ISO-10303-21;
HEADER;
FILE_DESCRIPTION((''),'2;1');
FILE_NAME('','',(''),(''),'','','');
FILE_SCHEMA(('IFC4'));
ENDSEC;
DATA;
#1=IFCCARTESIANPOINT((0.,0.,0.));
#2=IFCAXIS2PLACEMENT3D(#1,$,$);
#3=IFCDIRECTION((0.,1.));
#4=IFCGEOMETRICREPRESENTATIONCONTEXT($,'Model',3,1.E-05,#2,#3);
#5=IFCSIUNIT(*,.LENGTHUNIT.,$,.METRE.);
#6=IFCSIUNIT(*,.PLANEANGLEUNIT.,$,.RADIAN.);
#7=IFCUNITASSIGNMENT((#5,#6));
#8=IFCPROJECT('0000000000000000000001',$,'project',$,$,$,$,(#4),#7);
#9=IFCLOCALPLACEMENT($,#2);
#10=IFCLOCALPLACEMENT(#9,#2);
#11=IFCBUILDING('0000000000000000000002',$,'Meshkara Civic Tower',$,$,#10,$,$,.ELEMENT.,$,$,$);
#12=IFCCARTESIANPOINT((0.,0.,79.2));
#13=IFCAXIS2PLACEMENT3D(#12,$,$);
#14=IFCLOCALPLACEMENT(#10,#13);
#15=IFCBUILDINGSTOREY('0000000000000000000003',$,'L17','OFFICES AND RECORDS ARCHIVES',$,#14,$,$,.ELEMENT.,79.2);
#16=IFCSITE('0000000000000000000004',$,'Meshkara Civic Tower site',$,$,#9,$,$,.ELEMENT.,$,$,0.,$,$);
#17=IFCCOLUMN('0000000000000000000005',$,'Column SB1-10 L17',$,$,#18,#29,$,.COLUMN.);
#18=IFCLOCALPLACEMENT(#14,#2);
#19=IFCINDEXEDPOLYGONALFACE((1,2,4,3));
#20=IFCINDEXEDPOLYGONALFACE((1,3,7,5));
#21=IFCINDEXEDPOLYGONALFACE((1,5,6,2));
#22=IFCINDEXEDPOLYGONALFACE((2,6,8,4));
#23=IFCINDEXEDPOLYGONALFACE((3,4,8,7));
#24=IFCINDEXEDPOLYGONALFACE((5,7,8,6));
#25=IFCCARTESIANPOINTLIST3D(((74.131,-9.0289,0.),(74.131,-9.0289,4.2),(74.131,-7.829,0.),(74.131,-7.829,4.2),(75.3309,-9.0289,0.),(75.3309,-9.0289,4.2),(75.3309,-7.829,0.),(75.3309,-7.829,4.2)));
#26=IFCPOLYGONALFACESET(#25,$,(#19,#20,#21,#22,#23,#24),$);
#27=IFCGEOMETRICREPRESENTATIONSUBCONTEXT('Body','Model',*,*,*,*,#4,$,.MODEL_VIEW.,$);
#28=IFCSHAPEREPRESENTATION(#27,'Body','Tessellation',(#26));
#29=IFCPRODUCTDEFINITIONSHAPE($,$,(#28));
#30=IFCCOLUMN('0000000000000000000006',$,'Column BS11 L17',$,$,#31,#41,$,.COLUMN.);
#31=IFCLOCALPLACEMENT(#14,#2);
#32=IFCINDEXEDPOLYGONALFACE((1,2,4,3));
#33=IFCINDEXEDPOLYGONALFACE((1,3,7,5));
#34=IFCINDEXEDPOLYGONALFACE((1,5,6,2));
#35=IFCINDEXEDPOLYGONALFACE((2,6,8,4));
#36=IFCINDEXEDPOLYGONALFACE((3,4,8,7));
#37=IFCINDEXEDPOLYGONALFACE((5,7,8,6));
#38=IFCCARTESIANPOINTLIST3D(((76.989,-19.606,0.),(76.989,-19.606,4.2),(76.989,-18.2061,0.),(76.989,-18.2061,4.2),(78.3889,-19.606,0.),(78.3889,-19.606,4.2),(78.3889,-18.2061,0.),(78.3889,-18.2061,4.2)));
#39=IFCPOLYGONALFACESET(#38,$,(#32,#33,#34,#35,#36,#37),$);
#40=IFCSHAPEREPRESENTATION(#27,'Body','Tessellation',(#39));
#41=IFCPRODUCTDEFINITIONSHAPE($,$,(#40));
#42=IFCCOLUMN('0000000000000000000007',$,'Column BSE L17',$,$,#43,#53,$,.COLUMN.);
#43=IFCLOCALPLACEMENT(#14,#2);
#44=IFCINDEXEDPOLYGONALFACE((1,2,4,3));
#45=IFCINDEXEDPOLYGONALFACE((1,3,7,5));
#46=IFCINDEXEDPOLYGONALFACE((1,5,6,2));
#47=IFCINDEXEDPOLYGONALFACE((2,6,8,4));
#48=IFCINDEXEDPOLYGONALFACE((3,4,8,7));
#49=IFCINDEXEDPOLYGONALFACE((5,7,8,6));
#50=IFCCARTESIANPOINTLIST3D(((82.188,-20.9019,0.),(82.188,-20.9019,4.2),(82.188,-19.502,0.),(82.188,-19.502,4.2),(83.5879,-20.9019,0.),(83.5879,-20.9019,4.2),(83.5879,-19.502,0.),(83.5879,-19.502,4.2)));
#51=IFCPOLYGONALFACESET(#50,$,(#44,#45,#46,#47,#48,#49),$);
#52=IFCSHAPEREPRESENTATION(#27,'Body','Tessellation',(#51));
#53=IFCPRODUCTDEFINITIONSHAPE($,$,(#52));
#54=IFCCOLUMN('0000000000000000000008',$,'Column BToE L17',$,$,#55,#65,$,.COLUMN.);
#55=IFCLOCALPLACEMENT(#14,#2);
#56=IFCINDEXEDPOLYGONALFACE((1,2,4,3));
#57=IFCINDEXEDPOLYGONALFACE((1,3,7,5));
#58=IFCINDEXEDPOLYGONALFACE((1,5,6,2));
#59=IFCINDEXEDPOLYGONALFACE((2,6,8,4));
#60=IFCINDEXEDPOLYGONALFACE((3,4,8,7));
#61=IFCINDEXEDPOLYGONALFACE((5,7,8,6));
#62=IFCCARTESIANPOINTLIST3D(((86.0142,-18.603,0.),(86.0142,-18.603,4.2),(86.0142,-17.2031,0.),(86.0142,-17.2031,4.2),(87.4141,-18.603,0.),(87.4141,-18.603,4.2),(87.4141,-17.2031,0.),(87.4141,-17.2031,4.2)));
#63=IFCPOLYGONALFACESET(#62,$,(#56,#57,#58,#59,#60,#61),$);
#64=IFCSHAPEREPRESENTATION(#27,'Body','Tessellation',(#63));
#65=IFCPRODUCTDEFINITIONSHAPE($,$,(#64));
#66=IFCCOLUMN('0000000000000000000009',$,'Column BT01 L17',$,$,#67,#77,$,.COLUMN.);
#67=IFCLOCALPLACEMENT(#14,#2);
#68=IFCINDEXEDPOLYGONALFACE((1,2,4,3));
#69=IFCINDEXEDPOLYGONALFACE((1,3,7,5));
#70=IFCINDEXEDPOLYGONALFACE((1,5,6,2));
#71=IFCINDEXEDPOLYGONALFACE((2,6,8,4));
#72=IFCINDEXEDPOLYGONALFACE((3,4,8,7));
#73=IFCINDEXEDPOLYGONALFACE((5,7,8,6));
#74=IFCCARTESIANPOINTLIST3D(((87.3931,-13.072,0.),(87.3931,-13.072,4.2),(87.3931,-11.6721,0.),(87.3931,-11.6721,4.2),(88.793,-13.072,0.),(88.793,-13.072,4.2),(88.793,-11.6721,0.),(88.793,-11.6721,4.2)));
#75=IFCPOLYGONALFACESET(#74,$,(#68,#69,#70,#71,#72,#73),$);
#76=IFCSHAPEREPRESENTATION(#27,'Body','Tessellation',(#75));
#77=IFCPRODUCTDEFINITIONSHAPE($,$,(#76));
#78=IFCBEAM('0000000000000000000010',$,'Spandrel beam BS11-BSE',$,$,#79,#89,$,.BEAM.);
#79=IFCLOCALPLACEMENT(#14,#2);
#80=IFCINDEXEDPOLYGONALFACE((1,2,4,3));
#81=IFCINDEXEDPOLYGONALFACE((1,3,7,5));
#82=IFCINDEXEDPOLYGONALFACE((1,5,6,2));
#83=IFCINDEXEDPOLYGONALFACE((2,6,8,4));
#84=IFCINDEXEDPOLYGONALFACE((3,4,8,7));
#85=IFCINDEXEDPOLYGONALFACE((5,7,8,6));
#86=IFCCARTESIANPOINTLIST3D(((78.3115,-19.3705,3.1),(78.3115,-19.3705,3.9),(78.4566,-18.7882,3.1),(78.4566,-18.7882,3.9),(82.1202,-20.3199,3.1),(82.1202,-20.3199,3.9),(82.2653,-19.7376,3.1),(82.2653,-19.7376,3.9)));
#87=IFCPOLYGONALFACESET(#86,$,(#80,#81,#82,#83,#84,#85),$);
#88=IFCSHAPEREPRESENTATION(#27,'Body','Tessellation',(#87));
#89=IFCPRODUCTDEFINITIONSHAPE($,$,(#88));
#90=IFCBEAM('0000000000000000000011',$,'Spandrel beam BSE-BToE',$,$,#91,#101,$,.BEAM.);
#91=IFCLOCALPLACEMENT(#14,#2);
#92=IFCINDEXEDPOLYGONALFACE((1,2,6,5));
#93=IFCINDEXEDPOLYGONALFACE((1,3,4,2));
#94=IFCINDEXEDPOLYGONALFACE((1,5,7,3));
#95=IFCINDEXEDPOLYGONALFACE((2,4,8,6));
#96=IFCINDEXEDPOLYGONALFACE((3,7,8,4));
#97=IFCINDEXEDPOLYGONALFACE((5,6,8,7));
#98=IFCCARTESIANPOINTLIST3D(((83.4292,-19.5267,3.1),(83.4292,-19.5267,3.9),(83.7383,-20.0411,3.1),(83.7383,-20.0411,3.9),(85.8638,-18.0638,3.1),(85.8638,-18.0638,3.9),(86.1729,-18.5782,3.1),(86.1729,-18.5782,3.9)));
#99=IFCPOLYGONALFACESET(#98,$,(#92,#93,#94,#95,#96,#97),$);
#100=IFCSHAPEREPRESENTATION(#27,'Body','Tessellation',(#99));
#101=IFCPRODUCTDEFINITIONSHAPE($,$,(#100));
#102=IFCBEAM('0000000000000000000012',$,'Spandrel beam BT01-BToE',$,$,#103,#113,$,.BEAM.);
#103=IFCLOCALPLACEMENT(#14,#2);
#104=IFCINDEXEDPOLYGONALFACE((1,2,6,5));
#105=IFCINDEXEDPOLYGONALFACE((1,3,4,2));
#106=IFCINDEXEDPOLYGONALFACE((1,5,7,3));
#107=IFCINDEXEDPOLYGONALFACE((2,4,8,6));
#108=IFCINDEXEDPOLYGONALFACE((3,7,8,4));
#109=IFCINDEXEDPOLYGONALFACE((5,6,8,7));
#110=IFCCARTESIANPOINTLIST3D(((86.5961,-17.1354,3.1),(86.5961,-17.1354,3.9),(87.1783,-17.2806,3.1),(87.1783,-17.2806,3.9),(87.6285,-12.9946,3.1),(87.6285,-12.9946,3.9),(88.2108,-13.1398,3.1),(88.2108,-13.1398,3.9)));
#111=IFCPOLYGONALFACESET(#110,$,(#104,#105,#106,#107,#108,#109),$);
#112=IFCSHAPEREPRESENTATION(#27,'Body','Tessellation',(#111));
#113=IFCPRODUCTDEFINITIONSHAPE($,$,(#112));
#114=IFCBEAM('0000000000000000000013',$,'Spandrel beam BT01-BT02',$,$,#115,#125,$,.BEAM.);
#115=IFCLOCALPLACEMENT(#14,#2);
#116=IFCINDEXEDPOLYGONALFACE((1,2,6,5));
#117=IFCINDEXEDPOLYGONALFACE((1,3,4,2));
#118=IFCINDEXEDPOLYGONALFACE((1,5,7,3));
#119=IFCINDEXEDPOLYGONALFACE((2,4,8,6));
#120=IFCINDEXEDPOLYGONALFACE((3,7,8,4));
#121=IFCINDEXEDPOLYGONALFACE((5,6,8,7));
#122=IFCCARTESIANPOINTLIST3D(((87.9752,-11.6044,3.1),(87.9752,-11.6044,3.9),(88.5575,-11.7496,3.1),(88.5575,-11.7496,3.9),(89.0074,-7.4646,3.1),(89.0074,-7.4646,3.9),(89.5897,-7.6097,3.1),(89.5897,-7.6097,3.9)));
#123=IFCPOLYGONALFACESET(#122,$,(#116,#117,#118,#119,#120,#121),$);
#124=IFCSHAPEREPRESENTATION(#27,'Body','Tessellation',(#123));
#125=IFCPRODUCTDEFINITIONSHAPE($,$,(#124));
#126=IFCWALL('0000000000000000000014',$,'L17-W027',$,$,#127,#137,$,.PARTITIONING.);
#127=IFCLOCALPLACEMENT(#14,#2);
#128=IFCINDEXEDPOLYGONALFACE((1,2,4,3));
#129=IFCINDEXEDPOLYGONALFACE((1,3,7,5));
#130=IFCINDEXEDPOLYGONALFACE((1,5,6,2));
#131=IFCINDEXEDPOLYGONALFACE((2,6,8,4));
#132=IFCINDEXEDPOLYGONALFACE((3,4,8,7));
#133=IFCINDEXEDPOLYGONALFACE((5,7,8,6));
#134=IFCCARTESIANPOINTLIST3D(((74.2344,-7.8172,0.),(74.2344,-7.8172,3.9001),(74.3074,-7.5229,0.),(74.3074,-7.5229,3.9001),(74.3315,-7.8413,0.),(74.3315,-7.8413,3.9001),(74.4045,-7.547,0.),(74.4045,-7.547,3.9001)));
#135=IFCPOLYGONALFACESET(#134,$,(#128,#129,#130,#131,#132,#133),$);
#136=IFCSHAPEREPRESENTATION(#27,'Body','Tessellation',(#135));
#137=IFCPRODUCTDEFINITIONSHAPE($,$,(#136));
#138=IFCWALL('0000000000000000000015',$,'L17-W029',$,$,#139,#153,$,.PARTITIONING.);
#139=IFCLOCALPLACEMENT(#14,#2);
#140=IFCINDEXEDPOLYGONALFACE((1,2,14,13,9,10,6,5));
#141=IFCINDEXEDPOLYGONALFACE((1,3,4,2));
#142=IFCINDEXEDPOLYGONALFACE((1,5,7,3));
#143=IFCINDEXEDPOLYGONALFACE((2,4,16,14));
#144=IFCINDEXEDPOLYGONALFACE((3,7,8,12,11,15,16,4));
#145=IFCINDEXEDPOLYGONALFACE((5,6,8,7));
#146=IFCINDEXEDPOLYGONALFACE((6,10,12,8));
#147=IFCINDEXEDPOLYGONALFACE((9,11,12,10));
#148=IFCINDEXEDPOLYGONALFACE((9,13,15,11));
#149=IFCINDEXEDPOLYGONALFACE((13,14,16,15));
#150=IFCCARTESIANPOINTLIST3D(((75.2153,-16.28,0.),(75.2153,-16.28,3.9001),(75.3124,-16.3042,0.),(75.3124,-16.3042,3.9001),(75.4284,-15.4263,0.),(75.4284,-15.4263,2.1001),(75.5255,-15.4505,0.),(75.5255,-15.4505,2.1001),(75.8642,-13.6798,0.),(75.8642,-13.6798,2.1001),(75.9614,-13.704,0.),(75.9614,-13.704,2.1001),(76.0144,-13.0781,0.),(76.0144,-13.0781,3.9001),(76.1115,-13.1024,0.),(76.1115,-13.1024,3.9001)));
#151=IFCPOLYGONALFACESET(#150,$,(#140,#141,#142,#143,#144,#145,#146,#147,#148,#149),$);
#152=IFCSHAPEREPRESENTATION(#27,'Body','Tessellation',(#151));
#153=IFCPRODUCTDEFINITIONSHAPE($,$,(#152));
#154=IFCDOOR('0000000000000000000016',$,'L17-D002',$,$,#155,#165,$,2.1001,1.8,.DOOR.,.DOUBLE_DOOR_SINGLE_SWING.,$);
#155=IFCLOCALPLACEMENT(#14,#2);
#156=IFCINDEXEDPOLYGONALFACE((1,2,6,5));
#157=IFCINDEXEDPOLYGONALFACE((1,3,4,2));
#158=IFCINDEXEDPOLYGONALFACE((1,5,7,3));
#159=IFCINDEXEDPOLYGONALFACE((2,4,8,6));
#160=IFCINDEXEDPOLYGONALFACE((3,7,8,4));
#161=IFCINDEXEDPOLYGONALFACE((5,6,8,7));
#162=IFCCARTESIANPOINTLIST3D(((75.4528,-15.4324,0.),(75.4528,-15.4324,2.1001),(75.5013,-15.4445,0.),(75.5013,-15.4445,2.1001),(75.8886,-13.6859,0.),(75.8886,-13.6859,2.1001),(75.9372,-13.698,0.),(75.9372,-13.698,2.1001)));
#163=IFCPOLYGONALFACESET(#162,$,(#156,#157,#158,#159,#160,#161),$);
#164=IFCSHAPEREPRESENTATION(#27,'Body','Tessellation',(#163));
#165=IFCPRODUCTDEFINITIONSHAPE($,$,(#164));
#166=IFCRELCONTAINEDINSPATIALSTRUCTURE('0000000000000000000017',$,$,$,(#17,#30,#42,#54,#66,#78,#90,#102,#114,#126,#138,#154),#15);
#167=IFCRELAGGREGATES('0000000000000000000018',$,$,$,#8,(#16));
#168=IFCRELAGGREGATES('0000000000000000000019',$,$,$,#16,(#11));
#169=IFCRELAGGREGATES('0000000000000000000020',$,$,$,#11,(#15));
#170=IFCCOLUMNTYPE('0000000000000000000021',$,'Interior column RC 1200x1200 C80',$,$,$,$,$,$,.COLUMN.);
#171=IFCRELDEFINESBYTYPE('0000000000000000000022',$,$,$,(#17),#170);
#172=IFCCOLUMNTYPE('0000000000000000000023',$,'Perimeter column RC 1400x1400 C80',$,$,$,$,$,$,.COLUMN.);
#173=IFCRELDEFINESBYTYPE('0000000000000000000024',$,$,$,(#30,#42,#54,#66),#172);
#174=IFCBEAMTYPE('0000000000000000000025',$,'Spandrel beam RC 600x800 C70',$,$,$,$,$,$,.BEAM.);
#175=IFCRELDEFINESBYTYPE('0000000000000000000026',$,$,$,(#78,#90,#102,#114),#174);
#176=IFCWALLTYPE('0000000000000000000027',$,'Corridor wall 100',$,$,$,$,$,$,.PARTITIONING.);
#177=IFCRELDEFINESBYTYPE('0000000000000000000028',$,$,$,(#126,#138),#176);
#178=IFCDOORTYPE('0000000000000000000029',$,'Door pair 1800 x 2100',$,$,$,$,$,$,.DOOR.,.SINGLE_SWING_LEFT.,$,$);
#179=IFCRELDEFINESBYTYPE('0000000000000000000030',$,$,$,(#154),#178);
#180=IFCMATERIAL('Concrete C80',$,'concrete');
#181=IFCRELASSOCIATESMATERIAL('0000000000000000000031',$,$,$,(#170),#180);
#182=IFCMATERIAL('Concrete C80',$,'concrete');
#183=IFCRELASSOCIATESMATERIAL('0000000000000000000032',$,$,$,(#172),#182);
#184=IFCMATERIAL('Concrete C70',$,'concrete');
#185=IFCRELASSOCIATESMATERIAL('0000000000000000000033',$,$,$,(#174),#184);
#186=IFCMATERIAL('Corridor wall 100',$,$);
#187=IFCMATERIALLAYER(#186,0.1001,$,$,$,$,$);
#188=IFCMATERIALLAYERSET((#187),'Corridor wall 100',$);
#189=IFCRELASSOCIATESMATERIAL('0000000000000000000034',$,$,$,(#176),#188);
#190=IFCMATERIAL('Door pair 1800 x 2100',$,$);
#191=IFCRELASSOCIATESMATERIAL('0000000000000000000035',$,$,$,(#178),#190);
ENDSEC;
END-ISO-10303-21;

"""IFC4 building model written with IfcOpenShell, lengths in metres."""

from ifc_helpers import new_model, si_unit, direction, frame, frame_2d, origin, origin_2d, place, context, subcontext, project, spatial, rectangle, extrude, material, layer, layer_set, material_profile, profile_set, type_object, element, fill, save


model = new_model("IFC4")

# Units and contexts
model_context = context("Model", 3, precision=1e-05, world=origin(), true_north=direction((0.0, 1.0)))
body_context = subcontext(model_context, "Body", "Model", "MODEL_VIEW")
ifc_project = project(units=[si_unit("LENGTHUNIT", "METRE"), si_unit("PLANEANGLEUNIT", "RADIAN")], contexts=[model_context])

# Site, building, storey
site_placement = place(None, origin())
site = spatial("IfcSite", under=ifc_project, at=site_placement, Name="Meshkara Civic Tower site", CompositionType="ELEMENT", RefElevation=0.0)
building_placement = place(site_placement, origin())
building = spatial("IfcBuilding", under=site, at=building_placement, Name="Meshkara Civic Tower", CompositionType="ELEMENT")
storey_placement = place(building_placement, frame((0.0, 0.0, 79.2)))
storey = spatial("IfcBuildingStorey", under=building, at=storey_placement, Name="L17", Description="OFFICES AND RECORDS ARCHIVES", CompositionType="ELEMENT", Elevation=79.2)

# Columns
ifc_material_1 = material(Name="Concrete C80", Category="concrete")
ifc_material_profile_1 = material_profile(ifc_material_1, rectangle(XDim=1.2, YDim=1.2, at=origin_2d()))
ifc_profile_set_1 = profile_set([ifc_material_profile_1], Name="Concrete C80")
column_type_1 = type_object("IfcColumnType", Name="Interior column RC 1200x1200 C80", PredefinedType="COLUMN", material=ifc_profile_set_1)
column_placement = place(storey_placement, frame((74.731, -8.429, 0.0), z_axis=(0.0, 0.0, 1.0), x_axis=(1.0, 0.0, 0.0)))
element("IfcColumn", 1, at=column_placement, inside=storey, type_object=column_type_1, Name="Column SB1-10 L17", PredefinedType="COLUMN", context=body_context, shape_type="SweptSolid", body=[
    extrude(rectangle(XDim=1.2, YDim=1.2, at=origin_2d()), origin(), (0.0, 0.0, 1.0), 4.2),
])
ifc_material_2 = material(Name="Concrete C80", Category="concrete")
ifc_material_profile_2 = material_profile(ifc_material_2, rectangle(XDim=1.3999, YDim=1.3999, at=origin_2d()))
ifc_profile_set_2 = profile_set([ifc_material_profile_2], Name="Concrete C80")
column_type_2 = type_object("IfcColumnType", Name="Perimeter column RC 1400x1400 C80", PredefinedType="COLUMN", material=ifc_profile_set_2)
for number, where, z_axis, x_axis, name in (
    (2, (77.689, -18.906, 0.0), (0.0, 0.0, 1.0), (1.0, 0.0, 0.0), "Column BS11 L17"),
    (3, (82.8879, -20.2019, 0.0), (0.0, 0.0, 1.0), (1.0, 0.0, 0.0), "Column BSE L17"),
    (4, (86.7141, -17.9031, 0.0), (0.0, 0.0, 1.0), (1.0, 0.0, 0.0), "Column BToE L17"),
    (5, (88.093, -12.3721, 0.0), (0.0, 0.0, 1.0), (1.0, 0.0, 0.0), "Column BT01 L17"),
):
    element("IfcColumn", number, at=place(storey_placement, frame(where, z_axis=z_axis, x_axis=x_axis)), inside=storey, type_object=column_type_2, Name=name, PredefinedType="COLUMN", context=body_context, shape_type="SweptSolid", body=[
        extrude(rectangle(XDim=1.3999, YDim=1.3999, at=origin_2d()), origin(), (0.0, 0.0, 1.0), 4.2),
    ])

# Beams
ifc_material_3 = material(Name="Concrete C70", Category="concrete")
ifc_material_profile_3 = material_profile(ifc_material_3, rectangle(XDim=0.6001, YDim=0.8, at=origin_2d()))
ifc_profile_set_3 = profile_set([ifc_material_profile_3], Name="Concrete C70")
beam_type = type_object("IfcBeamType", Name="Spandrel beam RC 600x800 C70", PredefinedType="BEAM", material=ifc_profile_set_3)
beam_1_placement = place(storey_placement, frame((78.384, -19.0793, 3.5), z_axis=(0.970307, -0.241877, 0.0), x_axis=(0.241877, 0.970307, 0.0)))
element("IfcBeam", 6, at=beam_1_placement, inside=storey, type_object=beam_type, Name="Spandrel beam BS11-BSE", PredefinedType="BEAM", context=body_context, shape_type="SweptSolid", body=[
    extrude(rectangle(XDim=0.6001, YDim=0.8, at=origin_2d()), origin(), (0.0, 0.0, 1.0), 3.9253),
])
beam_2_placement = place(storey_placement, frame((83.5837, -19.7839, 3.5), z_axis=(0.857159, 0.515052, 0.0), x_axis=(-0.515052, 0.857159, 0.0)))
element("IfcBeam", 7, at=beam_2_placement, inside=storey, type_object=beam_type, Name="Spandrel beam BSE-BToE", PredefinedType="BEAM", context=body_context, shape_type="SweptSolid", body=[
    extrude(rectangle(XDim=0.6001, YDim=0.8, at=origin_2d()), origin(), (0.0, 0.0, 1.0), 2.8403),
])
beam_3_placement = place(storey_placement, frame((86.8872, -17.208, 3.5), z_axis=(0.24193, 0.970294, 0.0), x_axis=(-0.970294, 0.24193, 0.0)))
element("IfcBeam", 8, at=beam_3_placement, inside=storey, type_object=beam_type, Name="Spandrel beam BT01-BToE", PredefinedType="BEAM", context=body_context, shape_type="SweptSolid", body=[
    extrude(rectangle(XDim=0.6001, YDim=0.8, at=origin_2d()), origin(), (0.0, 0.0, 1.0), 4.2676),
])
beam_4_placement = place(storey_placement, frame((88.2664, -11.677, 3.5), z_axis=(0.24193, 0.970294, 0.0), x_axis=(-0.970294, 0.24193, 0.0)))
element("IfcBeam", 9, at=beam_4_placement, inside=storey, type_object=beam_type, Name="Spandrel beam BT01-BT02", PredefinedType="BEAM", context=body_context, shape_type="SweptSolid", body=[
    extrude(rectangle(XDim=0.6001, YDim=0.8, at=origin_2d()), origin(), (0.0, 0.0, 1.0), 4.2666),
])

# Wall
ifc_material_4 = material(Name="Corridor wall 100")
ifc_layer_1 = layer(ifc_material_4, 0.1001)
ifc_layer_set_1 = layer_set([ifc_layer_1], Name="Corridor wall 100")
wall_type_1 = type_object("IfcWallType", Name="Corridor wall 100", PredefinedType="PARTITIONING", material=ifc_layer_set_1)
wall_1_placement = place(storey_placement, frame((74.356, -7.5349, 0.0), z_axis=(0.0, 0.0, 1.0), x_axis=(-0.24083, -0.970567, 0.0)))
element("IfcWall", 10, at=wall_1_placement, inside=storey, type_object=wall_type_1, Name="L17-W027", PredefinedType="PARTITIONING", context=body_context, shape_type="SweptSolid", body=[
    extrude(rectangle(XDim=0.3032, YDim=0.1001, at=frame_2d((0.1516, 0.0))), origin(), (0.0, 0.0, 1.0), 3.9001),
])

# Wall, opening, door
wall_2_placement = place(storey_placement, frame((75.2639, -16.292, 0.0), z_axis=(0.0, 0.0, 1.0), x_axis=(0.242135, 0.970243, 0.0)))
wall_2 = element("IfcWall", 11, at=wall_2_placement, inside=storey, type_object=wall_type_1, Name="L17-W029", PredefinedType="PARTITIONING", context=body_context, shape_type="SweptSolid", body=[
    extrude(rectangle(XDim=3.3, YDim=0.1001, at=frame_2d((1.6499, 0.0))), origin(), (0.0, 0.0, 1.0), 3.9001),
])
opening_1_placement = place(wall_2_placement, frame((0.8799, 0.0, 0.0)))
opening_1 = element("IfcOpeningElement", 12, at=opening_1_placement, cuts=wall_2, PredefinedType="OPENING", context=body_context, shape_type="SweptSolid", body=[
    extrude(rectangle(XDim=1.8, YDim=2.1001, at=frame_2d((0.8999, 1.05))), frame((0.0, 0.0601, 0.0), z_axis=(0.0, -1.0, 0.0), x_axis=(1.0, 0.0, 0.0)), (0.0, 0.0, 1.0), 0.1201),
])
ifc_material_5 = material(Name="Door pair 1800 x 2100")
door_type_1 = type_object("IfcDoorType", Name="Door pair 1800 x 2100", OperationType="SINGLE_SWING_LEFT", PredefinedType="DOOR", material=ifc_material_5)
door_1_placement = place(opening_1_placement, origin())
door_1 = element("IfcDoor", 13, at=door_1_placement, inside=storey, type_object=door_type_1, Name="L17-D002", OperationType="DOUBLE_DOOR_SINGLE_SWING", OverallHeight=2.1001, OverallWidth=1.8, PredefinedType="DOOR", context=body_context, shape_type="SweptSolid", body=[
    extrude(rectangle(XDim=1.8, YDim=2.1001, at=frame_2d((0.8999, 1.05))), frame((0.0, 0.0249, 0.0), z_axis=(0.0, -1.0, 0.0), x_axis=(1.0, 0.0, 0.0)), (0.0, 0.0, 1.0), 0.05),
])
fill(opening_1, door_1)

save(model, "model.ifc")
